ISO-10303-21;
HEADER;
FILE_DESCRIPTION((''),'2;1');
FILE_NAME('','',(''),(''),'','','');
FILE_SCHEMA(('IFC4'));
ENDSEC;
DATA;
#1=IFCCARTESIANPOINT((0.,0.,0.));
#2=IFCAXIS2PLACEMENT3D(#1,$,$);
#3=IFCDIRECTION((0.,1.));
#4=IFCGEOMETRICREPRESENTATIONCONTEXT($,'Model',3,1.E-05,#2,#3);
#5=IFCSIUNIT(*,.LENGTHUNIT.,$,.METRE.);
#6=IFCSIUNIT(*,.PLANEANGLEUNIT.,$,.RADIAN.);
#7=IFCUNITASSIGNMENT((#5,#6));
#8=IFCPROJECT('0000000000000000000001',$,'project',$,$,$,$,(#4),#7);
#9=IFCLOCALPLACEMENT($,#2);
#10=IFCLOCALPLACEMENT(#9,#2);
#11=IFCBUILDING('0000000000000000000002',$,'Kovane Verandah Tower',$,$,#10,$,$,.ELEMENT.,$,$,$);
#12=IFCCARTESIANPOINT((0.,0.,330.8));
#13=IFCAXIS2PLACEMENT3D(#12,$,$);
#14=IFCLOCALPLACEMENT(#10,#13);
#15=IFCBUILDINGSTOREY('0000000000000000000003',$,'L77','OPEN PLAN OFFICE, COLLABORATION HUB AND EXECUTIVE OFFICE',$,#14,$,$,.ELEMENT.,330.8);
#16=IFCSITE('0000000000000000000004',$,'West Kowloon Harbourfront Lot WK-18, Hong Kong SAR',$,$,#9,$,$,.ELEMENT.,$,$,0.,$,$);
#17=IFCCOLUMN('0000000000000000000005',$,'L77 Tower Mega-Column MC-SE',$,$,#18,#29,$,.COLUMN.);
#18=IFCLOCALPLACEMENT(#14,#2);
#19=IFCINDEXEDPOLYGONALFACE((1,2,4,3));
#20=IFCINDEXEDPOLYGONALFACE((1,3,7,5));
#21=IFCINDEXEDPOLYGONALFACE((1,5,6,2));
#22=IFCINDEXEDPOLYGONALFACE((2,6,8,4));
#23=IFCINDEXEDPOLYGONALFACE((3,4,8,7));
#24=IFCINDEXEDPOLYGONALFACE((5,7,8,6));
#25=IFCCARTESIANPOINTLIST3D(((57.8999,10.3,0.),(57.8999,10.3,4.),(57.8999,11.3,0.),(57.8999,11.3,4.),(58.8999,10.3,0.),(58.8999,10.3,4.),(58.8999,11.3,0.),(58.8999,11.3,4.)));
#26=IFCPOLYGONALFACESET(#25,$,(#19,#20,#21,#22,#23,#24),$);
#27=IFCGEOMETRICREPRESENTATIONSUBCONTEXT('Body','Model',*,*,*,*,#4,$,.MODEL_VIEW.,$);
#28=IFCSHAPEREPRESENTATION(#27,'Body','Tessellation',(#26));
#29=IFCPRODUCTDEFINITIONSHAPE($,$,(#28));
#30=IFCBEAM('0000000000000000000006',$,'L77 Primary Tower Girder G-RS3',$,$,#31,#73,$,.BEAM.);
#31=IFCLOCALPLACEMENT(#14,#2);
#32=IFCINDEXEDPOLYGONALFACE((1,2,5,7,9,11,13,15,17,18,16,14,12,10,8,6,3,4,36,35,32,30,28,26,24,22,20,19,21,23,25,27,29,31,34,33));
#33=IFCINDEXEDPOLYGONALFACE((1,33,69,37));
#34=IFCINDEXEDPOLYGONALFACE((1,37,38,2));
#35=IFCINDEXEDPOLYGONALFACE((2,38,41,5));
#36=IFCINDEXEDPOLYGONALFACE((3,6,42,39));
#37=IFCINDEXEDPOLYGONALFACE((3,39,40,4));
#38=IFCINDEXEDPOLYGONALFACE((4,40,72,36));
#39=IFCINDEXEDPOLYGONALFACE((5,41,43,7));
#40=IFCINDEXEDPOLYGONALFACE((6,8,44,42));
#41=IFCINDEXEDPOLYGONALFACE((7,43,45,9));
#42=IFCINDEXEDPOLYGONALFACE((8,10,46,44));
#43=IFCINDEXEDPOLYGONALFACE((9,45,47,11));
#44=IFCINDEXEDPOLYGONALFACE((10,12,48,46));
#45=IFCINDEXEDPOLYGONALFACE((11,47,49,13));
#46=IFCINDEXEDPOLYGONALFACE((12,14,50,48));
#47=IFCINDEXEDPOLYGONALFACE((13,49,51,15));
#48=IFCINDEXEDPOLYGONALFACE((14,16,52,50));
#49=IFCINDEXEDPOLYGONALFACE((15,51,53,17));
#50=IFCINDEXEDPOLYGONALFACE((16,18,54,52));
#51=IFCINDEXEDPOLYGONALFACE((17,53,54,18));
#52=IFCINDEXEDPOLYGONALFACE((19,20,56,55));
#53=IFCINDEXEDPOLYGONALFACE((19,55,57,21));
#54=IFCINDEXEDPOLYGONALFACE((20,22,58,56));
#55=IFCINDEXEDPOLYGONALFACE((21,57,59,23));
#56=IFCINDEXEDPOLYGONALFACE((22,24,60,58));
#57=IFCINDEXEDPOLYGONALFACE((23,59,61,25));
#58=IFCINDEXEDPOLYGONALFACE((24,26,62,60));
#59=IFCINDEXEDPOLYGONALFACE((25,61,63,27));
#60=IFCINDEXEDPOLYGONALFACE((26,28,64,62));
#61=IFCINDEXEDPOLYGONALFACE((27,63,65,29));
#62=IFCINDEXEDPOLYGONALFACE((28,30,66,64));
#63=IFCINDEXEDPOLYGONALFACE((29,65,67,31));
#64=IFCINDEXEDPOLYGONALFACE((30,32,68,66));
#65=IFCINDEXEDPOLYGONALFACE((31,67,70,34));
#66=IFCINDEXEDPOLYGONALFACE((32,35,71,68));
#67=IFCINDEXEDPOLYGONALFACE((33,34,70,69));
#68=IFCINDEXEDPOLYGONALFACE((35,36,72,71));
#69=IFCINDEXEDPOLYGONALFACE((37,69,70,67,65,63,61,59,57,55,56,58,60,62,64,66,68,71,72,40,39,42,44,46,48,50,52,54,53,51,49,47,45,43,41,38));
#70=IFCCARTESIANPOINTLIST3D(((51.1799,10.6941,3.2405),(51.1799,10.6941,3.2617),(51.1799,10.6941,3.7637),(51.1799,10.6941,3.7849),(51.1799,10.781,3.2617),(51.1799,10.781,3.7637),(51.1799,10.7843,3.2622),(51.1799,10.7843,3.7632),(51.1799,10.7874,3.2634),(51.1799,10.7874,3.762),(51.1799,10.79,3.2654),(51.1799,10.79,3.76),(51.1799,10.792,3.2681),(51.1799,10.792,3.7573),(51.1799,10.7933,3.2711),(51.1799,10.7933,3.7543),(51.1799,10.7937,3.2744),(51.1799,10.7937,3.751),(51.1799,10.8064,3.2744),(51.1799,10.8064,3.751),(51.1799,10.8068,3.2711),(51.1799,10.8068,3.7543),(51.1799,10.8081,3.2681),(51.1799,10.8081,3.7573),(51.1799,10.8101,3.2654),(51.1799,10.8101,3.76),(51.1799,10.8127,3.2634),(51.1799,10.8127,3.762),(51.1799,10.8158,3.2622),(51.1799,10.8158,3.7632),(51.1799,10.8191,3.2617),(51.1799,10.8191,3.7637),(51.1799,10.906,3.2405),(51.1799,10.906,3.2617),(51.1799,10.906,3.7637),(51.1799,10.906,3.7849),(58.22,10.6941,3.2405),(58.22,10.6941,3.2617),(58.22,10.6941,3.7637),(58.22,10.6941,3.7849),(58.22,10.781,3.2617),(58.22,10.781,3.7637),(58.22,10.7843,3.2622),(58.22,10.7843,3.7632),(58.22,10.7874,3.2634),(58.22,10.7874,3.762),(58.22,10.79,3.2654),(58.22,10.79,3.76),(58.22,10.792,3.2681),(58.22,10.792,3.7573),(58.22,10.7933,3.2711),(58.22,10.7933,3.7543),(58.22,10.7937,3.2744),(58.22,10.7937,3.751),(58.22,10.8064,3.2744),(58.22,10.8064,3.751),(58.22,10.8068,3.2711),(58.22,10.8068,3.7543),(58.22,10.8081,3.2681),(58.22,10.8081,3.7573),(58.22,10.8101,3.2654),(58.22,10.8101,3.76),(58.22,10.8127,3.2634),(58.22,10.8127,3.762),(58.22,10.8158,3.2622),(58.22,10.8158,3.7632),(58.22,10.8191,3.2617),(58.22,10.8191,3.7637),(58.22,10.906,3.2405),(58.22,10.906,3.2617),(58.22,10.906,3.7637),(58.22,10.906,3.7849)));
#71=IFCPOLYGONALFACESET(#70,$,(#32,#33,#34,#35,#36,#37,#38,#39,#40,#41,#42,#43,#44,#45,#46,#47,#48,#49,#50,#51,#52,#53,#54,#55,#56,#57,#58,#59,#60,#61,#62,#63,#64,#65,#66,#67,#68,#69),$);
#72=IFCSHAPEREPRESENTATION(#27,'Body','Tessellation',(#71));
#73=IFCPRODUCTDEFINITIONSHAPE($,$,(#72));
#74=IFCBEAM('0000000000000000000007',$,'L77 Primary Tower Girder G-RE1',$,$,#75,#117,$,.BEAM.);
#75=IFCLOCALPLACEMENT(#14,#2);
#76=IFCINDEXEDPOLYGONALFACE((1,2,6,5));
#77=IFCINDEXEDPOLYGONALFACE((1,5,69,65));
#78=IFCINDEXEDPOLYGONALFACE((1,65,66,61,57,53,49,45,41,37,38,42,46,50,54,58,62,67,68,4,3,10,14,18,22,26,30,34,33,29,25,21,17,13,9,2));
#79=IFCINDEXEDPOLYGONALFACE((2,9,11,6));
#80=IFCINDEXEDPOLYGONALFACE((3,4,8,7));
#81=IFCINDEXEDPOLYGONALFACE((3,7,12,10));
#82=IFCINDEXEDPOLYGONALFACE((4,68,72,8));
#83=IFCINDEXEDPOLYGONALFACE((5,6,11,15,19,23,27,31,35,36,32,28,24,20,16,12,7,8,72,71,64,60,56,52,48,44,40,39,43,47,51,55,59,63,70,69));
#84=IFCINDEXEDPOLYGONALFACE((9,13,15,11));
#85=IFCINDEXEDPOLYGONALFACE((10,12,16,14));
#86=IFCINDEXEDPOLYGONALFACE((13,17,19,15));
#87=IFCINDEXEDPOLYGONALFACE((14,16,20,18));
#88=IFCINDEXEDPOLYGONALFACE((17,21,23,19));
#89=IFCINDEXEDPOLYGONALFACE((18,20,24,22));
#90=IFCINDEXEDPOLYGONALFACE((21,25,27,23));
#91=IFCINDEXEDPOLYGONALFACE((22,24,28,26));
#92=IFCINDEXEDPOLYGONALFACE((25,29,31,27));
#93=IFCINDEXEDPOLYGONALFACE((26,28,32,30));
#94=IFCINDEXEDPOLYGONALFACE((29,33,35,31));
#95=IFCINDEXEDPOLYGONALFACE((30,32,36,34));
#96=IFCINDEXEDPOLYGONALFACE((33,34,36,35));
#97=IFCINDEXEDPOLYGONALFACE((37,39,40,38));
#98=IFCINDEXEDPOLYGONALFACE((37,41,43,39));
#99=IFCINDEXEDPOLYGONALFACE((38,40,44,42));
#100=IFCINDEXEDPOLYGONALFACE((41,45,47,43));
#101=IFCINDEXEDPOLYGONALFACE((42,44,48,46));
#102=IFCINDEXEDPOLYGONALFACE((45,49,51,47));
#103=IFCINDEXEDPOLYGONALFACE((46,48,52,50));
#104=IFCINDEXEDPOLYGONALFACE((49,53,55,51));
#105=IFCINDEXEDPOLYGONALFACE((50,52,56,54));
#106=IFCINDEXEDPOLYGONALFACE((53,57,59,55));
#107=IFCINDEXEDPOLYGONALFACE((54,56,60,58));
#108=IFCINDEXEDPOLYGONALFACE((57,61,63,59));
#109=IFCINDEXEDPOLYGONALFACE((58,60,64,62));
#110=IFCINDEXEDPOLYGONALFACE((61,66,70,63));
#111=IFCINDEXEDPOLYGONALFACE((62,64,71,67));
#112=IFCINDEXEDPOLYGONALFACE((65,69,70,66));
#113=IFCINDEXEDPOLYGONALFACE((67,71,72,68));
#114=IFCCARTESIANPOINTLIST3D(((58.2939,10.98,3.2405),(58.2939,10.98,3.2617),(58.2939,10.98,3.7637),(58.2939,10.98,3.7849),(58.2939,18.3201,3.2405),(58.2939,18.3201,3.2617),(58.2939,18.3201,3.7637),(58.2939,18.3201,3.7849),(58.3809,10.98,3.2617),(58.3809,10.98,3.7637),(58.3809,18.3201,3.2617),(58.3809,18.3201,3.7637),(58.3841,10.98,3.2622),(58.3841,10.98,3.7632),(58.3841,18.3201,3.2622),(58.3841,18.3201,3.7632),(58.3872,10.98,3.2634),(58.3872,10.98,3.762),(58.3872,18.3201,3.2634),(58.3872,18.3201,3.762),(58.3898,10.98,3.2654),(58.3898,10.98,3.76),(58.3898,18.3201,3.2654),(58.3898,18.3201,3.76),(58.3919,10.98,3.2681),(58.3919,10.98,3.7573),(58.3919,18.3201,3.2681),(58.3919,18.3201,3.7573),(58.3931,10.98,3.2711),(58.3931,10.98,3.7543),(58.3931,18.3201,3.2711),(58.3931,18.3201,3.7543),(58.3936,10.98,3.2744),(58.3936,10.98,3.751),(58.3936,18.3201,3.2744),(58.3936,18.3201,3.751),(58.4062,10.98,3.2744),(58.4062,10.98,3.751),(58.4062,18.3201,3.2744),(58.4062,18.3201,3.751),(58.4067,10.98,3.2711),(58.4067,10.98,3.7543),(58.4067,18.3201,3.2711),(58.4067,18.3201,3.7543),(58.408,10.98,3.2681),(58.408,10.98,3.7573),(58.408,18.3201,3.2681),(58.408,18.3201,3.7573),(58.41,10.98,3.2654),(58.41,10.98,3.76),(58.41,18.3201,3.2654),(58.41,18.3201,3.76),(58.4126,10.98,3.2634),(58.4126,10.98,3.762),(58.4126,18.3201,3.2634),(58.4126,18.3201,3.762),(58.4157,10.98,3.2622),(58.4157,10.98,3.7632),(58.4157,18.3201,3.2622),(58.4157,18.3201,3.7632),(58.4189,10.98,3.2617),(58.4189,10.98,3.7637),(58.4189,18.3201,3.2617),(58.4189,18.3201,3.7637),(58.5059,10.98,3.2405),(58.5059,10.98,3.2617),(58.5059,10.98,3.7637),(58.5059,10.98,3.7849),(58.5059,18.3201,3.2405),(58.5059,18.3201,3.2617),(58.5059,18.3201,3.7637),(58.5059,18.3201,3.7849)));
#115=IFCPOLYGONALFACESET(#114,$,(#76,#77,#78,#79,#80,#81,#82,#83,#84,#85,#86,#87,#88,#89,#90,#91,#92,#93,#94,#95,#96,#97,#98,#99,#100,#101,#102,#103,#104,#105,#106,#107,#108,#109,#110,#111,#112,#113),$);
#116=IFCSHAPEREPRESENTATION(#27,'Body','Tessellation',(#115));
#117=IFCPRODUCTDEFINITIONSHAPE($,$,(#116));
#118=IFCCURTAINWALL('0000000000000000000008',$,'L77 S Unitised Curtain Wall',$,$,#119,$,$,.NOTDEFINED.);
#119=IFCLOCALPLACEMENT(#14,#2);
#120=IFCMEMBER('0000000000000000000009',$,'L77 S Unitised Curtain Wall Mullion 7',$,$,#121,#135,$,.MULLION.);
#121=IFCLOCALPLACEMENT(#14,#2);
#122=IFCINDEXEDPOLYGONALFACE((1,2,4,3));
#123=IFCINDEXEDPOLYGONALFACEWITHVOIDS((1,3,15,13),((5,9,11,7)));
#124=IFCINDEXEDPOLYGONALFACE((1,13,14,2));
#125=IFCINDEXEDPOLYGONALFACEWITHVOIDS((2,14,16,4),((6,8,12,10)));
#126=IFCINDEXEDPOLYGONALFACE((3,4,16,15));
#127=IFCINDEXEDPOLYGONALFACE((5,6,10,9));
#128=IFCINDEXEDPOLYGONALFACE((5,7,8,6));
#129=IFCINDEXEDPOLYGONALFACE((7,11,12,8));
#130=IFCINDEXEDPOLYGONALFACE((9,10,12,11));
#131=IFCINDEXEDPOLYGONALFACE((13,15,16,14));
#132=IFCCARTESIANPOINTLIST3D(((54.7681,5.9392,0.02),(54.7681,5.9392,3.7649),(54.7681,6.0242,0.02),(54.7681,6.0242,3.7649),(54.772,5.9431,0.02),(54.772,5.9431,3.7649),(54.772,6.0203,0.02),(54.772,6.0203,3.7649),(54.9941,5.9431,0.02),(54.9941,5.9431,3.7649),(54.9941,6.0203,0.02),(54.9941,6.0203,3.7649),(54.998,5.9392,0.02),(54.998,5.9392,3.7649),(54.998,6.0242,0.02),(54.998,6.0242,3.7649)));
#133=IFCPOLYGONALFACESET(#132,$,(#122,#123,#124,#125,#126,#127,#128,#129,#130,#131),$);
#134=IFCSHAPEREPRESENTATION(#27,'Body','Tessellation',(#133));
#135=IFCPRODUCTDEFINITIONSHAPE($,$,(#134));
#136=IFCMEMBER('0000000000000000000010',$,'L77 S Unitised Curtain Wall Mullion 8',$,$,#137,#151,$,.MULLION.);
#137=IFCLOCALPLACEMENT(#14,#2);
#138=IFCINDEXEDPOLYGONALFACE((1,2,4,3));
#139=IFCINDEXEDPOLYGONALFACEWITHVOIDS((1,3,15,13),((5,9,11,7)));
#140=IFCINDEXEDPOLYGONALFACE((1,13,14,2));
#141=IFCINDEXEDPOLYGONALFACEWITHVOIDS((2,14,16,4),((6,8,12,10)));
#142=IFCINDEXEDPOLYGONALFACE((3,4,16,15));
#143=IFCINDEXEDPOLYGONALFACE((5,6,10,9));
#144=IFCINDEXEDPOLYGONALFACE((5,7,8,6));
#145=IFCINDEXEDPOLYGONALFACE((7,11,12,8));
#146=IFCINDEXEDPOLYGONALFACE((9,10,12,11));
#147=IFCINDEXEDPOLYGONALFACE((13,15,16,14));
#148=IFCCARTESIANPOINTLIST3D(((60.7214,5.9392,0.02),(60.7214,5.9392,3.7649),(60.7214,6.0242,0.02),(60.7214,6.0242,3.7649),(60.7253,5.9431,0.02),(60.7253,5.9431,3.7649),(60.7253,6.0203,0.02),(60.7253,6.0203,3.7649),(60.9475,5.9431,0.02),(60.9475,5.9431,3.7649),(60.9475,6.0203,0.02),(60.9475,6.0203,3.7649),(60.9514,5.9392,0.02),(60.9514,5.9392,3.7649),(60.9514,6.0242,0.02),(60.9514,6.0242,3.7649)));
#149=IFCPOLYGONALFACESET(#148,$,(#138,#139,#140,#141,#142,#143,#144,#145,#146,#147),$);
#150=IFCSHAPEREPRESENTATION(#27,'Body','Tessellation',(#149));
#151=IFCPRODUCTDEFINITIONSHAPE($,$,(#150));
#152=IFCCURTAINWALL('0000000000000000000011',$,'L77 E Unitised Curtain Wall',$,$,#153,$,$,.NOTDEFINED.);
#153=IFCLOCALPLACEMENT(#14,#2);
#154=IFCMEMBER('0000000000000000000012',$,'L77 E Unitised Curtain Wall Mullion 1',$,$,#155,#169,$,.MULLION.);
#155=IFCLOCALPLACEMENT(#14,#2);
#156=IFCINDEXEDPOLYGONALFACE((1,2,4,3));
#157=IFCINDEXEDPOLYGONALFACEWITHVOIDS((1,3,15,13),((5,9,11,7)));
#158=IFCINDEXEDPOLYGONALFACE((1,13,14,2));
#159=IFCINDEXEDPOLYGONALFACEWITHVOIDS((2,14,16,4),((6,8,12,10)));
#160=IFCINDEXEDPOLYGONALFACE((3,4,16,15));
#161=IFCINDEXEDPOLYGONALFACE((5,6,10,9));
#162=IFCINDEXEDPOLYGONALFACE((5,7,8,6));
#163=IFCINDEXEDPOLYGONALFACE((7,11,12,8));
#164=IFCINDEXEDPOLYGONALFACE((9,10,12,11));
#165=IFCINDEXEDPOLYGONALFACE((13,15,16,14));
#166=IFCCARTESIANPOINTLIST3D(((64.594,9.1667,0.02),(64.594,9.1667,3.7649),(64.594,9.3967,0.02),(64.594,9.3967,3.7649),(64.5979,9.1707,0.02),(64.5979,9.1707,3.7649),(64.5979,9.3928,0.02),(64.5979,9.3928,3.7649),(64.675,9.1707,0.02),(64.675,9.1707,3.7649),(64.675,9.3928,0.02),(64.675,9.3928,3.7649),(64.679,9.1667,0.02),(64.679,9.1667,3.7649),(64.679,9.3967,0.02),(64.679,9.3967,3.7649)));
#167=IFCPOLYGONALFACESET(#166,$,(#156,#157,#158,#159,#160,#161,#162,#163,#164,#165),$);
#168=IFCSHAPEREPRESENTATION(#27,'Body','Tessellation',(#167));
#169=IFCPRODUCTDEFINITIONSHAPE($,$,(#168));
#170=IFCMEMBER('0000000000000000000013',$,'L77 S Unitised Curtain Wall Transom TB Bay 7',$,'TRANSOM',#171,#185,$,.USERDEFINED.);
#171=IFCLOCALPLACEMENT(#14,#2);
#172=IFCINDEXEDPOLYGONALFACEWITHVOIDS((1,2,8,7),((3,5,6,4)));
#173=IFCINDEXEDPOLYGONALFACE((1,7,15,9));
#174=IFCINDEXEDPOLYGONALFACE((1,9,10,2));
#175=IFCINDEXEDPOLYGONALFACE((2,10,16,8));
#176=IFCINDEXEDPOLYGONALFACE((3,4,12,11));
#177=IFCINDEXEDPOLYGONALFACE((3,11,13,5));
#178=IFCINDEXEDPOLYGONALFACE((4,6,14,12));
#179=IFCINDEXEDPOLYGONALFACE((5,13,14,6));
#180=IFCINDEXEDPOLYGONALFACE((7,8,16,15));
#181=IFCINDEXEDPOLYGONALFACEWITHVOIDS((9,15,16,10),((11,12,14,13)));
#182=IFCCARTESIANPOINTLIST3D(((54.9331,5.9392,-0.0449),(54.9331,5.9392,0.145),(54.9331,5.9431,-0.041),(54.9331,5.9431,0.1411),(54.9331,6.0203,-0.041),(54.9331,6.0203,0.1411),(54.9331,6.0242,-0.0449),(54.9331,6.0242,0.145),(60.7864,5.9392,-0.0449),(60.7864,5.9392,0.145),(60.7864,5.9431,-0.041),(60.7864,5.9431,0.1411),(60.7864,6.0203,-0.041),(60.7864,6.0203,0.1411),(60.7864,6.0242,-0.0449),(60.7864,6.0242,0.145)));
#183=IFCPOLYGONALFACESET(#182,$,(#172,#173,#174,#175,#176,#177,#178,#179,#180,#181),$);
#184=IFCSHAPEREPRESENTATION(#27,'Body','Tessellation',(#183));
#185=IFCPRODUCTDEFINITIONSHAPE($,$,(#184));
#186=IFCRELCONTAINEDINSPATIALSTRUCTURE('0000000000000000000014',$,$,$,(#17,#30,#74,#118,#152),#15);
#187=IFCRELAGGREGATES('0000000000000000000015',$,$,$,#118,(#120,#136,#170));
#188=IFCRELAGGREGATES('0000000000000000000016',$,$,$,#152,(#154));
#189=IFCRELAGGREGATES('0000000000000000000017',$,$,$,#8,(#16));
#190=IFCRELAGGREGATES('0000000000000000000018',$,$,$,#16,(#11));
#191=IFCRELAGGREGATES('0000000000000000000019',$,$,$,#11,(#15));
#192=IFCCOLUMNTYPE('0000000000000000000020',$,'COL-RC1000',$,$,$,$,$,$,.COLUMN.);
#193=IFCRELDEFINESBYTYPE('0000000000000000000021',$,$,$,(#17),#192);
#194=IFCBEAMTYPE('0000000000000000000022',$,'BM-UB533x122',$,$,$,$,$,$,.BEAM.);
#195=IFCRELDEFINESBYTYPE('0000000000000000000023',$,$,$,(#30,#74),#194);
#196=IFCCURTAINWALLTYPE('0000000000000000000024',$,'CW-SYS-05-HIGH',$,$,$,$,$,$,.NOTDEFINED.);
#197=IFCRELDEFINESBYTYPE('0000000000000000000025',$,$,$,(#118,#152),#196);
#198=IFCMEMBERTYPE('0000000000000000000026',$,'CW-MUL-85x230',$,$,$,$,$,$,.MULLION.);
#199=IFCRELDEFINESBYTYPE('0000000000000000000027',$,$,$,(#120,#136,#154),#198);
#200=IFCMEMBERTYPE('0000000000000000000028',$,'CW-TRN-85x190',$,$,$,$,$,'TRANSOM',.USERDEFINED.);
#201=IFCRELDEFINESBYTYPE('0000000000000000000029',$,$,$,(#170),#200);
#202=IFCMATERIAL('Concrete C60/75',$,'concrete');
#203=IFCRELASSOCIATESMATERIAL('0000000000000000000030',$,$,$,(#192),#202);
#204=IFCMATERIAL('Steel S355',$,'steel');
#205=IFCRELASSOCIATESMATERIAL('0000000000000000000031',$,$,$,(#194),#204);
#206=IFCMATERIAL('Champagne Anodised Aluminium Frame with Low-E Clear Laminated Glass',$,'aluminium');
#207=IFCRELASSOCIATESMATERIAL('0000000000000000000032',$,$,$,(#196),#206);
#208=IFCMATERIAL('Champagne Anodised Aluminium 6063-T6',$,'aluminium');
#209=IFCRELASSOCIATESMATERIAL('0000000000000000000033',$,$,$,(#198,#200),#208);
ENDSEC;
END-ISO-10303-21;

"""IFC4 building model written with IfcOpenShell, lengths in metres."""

from ifc_helpers import new_model, si_unit, direction, frame, origin, origin_2d, place, context, subcontext, project, spatial, rectangle, hollow_rectangle, i_section, extrude, material, material_profile, profile_set, type_object, element, aggregate, save


model = new_model("IFC4")

# Units and contexts
model_context = context("Model", 3, precision=1e-05, world=origin(), true_north=direction((0.0, 1.0)))
body_context = subcontext(model_context, "Body", "Model", "MODEL_VIEW")
ifc_project = project(units=[si_unit("LENGTHUNIT", "METRE"), si_unit("PLANEANGLEUNIT", "RADIAN")], contexts=[model_context])

# Site, building, storey
site_placement = place(None, origin())
site = spatial("IfcSite", under=ifc_project, at=site_placement, Name="West Kowloon Harbourfront Lot WK-18, Hong Kong SAR", CompositionType="ELEMENT", RefElevation=0.0)
building_placement = place(site_placement, origin())
building = spatial("IfcBuilding", under=site, at=building_placement, Name="Kovane Verandah Tower", CompositionType="ELEMENT")
storey_placement = place(building_placement, frame((0.0, 0.0, 330.8)))
storey = spatial("IfcBuildingStorey", under=building, at=storey_placement, Name="L77", Description="OPEN PLAN OFFICE, COLLABORATION HUB AND EXECUTIVE OFFICE", CompositionType="ELEMENT", Elevation=330.8)

# Column
ifc_material_1 = material(Name="Concrete C60/75", Category="concrete")
ifc_material_profile_1 = material_profile(ifc_material_1, rectangle(XDim=1.0, YDim=1.0, at=origin_2d()), Name="RC1000x1000")
ifc_profile_set_1 = profile_set([ifc_material_profile_1], Name="Concrete C60/75")
column_type = type_object("IfcColumnType", Name="COL-RC1000", PredefinedType="COLUMN", material=ifc_profile_set_1)
column_placement = place(storey_placement, frame((58.3999, 10.8, 0.0), z_axis=(0.0, 0.0, 1.0), x_axis=(1.0, 0.0, 0.0)))
element("IfcColumn", 1, at=column_placement, inside=storey, type_object=column_type, Name="L77 Tower Mega-Column MC-SE", PredefinedType="COLUMN", context=body_context, shape_type="SweptSolid", body=[
    extrude(rectangle(XDim=1.0, YDim=1.0, at=origin_2d()), origin(), (0.0, 0.0, 1.0), 4.0),
])

# Beams
ifc_material_2 = material(Name="Steel S355", Category="steel")
ifc_material_profile_2 = material_profile(ifc_material_2, i_section(OverallWidth=0.2119, OverallDepth=0.5444, WebThickness=0.0127, FlangeThickness=0.0212, FilletRadius=0.0127, at=origin_2d()), Name="UB533x210x122")
ifc_profile_set_2 = profile_set([ifc_material_profile_2], Name="Steel S355")
beam_type_1 = type_object("IfcBeamType", Name="BM-UB533x122", PredefinedType="BEAM", material=ifc_profile_set_2)
beam_1_placement = place(storey_placement, frame((51.1799, 10.8, 3.5127), z_axis=(1.0, 0.0, 0.0), x_axis=(0.0, 1.0, 0.0)))
element("IfcBeam", 2, at=beam_1_placement, inside=storey, type_object=beam_type_1, Name="L77 Primary Tower Girder G-RS3", PredefinedType="BEAM", context=body_context, shape_type="SweptSolid", body=[
    extrude(i_section(OverallWidth=0.2119, OverallDepth=0.5444, WebThickness=0.0127, FlangeThickness=0.0212, FilletRadius=0.0127, at=origin_2d()), origin(), (0.0, 0.0, 1.0), 7.04),
])
beam_2_placement = place(storey_placement, frame((58.3999, 10.98, 3.5127), z_axis=(0.0, 1.0, 0.0), x_axis=(-1.0, 0.0, 0.0)))
element("IfcBeam", 3, at=beam_2_placement, inside=storey, type_object=beam_type_1, Name="L77 Primary Tower Girder G-RE1", PredefinedType="BEAM", context=body_context, shape_type="SweptSolid", body=[
    extrude(i_section(OverallWidth=0.2119, OverallDepth=0.5444, WebThickness=0.0127, FlangeThickness=0.0212, FilletRadius=0.0127, at=origin_2d()), origin(), (0.0, 0.0, 1.0), 7.3401),
])

# Curtain wall, members
ifc_material_3 = material(Name="Champagne Anodised Aluminium Frame with Low-E Clear Laminated Glass", Category="aluminium")
curtain_wall_type = type_object("IfcCurtainWallType", Name="CW-SYS-05-HIGH", PredefinedType="NOTDEFINED", material=ifc_material_3)
curtain_wall_1_placement = place(storey_placement, origin())
curtain_wall_1 = element("IfcCurtainWall", 4, at=curtain_wall_1_placement, inside=storey, type_object=curtain_wall_type, Name="L77 S Unitised Curtain Wall", PredefinedType="NOTDEFINED")
ifc_material_4 = material(Name="Champagne Anodised Aluminium 6063-T6", Category="aluminium")
ifc_material_profile_3 = material_profile(ifc_material_4, hollow_rectangle(XDim=0.085, YDim=0.23, WallThickness=0.0039, at=origin_2d()), Name="AL85x230x4")
ifc_profile_set_3 = profile_set([ifc_material_profile_3], Name="Champagne Anodised Aluminium 6063-T6")
member_type_1 = type_object("IfcMemberType", Name="CW-MUL-85x230", PredefinedType="MULLION", material=ifc_profile_set_3)
member_1_placement = place(storey_placement, frame((54.8831, 5.9817, 0.02), z_axis=(0.0, 0.0, 1.0), x_axis=(0.0, -1.0, 0.0)))
member_1 = element("IfcMember", 5, at=member_1_placement, type_object=member_type_1, Name="L77 S Unitised Curtain Wall Mullion 7", PredefinedType="MULLION", context=body_context, shape_type="SweptSolid", body=[
    extrude(hollow_rectangle(XDim=0.085, YDim=0.23, WallThickness=0.0039, at=origin_2d()), origin(), (0.0, 0.0, 1.0), 3.7449),
])
member_2_placement = place(storey_placement, frame((60.8364, 5.9817, 0.02), z_axis=(0.0, 0.0, 1.0), x_axis=(0.0, -1.0, 0.0)))
member_2 = element("IfcMember", 6, at=member_2_placement, type_object=member_type_1, Name="L77 S Unitised Curtain Wall Mullion 8", PredefinedType="MULLION", context=body_context, shape_type="SweptSolid", body=[
    extrude(hollow_rectangle(XDim=0.085, YDim=0.23, WallThickness=0.0039, at=origin_2d()), origin(), (0.0, 0.0, 1.0), 3.7449),
])

# Curtain wall, member
curtain_wall_2_placement = place(storey_placement, origin())
curtain_wall_2 = element("IfcCurtainWall", 7, at=curtain_wall_2_placement, inside=storey, type_object=curtain_wall_type, Name="L77 E Unitised Curtain Wall", PredefinedType="NOTDEFINED")
member_3_placement = place(storey_placement, frame((64.6365, 9.2817, 0.02), z_axis=(0.0, 0.0, 1.0), x_axis=(1.0, 0.0, 0.0)))
member_3 = element("IfcMember", 8, at=member_3_placement, type_object=member_type_1, Name="L77 E Unitised Curtain Wall Mullion 1", PredefinedType="MULLION", context=body_context, shape_type="SweptSolid", body=[
    extrude(hollow_rectangle(XDim=0.085, YDim=0.23, WallThickness=0.0039, at=origin_2d()), origin(), (0.0, 0.0, 1.0), 3.7449),
])

# Member
ifc_material_profile_4 = material_profile(ifc_material_4, hollow_rectangle(XDim=0.085, YDim=0.1899, WallThickness=0.0039, at=origin_2d()), Name="AL85x190x4")
ifc_profile_set_4 = profile_set([ifc_material_profile_4], Name="Champagne Anodised Aluminium 6063-T6")
member_type_2 = type_object("IfcMemberType", Name="CW-TRN-85x190", ElementType="TRANSOM", PredefinedType="USERDEFINED", material=ifc_profile_set_4)
member_4_placement = place(storey_placement, frame((54.9331, 5.9817, 0.05), z_axis=(1.0, 0.0, 0.0), x_axis=(0.0, 1.0, 0.0)))
member_4 = element("IfcMember", 9, at=member_4_placement, type_object=member_type_2, Name="L77 S Unitised Curtain Wall Transom TB Bay 7", ObjectType="TRANSOM", PredefinedType="USERDEFINED", context=body_context, shape_type="SweptSolid", body=[
    extrude(hollow_rectangle(XDim=0.085, YDim=0.1899, WallThickness=0.0039, at=origin_2d()), origin(), (0.0, 0.0, 1.0), 5.8533),
])

aggregate(curtain_wall_1, [member_1, member_2, member_4])
aggregate(curtain_wall_2, [member_3])

save(model, "model.ifc")
